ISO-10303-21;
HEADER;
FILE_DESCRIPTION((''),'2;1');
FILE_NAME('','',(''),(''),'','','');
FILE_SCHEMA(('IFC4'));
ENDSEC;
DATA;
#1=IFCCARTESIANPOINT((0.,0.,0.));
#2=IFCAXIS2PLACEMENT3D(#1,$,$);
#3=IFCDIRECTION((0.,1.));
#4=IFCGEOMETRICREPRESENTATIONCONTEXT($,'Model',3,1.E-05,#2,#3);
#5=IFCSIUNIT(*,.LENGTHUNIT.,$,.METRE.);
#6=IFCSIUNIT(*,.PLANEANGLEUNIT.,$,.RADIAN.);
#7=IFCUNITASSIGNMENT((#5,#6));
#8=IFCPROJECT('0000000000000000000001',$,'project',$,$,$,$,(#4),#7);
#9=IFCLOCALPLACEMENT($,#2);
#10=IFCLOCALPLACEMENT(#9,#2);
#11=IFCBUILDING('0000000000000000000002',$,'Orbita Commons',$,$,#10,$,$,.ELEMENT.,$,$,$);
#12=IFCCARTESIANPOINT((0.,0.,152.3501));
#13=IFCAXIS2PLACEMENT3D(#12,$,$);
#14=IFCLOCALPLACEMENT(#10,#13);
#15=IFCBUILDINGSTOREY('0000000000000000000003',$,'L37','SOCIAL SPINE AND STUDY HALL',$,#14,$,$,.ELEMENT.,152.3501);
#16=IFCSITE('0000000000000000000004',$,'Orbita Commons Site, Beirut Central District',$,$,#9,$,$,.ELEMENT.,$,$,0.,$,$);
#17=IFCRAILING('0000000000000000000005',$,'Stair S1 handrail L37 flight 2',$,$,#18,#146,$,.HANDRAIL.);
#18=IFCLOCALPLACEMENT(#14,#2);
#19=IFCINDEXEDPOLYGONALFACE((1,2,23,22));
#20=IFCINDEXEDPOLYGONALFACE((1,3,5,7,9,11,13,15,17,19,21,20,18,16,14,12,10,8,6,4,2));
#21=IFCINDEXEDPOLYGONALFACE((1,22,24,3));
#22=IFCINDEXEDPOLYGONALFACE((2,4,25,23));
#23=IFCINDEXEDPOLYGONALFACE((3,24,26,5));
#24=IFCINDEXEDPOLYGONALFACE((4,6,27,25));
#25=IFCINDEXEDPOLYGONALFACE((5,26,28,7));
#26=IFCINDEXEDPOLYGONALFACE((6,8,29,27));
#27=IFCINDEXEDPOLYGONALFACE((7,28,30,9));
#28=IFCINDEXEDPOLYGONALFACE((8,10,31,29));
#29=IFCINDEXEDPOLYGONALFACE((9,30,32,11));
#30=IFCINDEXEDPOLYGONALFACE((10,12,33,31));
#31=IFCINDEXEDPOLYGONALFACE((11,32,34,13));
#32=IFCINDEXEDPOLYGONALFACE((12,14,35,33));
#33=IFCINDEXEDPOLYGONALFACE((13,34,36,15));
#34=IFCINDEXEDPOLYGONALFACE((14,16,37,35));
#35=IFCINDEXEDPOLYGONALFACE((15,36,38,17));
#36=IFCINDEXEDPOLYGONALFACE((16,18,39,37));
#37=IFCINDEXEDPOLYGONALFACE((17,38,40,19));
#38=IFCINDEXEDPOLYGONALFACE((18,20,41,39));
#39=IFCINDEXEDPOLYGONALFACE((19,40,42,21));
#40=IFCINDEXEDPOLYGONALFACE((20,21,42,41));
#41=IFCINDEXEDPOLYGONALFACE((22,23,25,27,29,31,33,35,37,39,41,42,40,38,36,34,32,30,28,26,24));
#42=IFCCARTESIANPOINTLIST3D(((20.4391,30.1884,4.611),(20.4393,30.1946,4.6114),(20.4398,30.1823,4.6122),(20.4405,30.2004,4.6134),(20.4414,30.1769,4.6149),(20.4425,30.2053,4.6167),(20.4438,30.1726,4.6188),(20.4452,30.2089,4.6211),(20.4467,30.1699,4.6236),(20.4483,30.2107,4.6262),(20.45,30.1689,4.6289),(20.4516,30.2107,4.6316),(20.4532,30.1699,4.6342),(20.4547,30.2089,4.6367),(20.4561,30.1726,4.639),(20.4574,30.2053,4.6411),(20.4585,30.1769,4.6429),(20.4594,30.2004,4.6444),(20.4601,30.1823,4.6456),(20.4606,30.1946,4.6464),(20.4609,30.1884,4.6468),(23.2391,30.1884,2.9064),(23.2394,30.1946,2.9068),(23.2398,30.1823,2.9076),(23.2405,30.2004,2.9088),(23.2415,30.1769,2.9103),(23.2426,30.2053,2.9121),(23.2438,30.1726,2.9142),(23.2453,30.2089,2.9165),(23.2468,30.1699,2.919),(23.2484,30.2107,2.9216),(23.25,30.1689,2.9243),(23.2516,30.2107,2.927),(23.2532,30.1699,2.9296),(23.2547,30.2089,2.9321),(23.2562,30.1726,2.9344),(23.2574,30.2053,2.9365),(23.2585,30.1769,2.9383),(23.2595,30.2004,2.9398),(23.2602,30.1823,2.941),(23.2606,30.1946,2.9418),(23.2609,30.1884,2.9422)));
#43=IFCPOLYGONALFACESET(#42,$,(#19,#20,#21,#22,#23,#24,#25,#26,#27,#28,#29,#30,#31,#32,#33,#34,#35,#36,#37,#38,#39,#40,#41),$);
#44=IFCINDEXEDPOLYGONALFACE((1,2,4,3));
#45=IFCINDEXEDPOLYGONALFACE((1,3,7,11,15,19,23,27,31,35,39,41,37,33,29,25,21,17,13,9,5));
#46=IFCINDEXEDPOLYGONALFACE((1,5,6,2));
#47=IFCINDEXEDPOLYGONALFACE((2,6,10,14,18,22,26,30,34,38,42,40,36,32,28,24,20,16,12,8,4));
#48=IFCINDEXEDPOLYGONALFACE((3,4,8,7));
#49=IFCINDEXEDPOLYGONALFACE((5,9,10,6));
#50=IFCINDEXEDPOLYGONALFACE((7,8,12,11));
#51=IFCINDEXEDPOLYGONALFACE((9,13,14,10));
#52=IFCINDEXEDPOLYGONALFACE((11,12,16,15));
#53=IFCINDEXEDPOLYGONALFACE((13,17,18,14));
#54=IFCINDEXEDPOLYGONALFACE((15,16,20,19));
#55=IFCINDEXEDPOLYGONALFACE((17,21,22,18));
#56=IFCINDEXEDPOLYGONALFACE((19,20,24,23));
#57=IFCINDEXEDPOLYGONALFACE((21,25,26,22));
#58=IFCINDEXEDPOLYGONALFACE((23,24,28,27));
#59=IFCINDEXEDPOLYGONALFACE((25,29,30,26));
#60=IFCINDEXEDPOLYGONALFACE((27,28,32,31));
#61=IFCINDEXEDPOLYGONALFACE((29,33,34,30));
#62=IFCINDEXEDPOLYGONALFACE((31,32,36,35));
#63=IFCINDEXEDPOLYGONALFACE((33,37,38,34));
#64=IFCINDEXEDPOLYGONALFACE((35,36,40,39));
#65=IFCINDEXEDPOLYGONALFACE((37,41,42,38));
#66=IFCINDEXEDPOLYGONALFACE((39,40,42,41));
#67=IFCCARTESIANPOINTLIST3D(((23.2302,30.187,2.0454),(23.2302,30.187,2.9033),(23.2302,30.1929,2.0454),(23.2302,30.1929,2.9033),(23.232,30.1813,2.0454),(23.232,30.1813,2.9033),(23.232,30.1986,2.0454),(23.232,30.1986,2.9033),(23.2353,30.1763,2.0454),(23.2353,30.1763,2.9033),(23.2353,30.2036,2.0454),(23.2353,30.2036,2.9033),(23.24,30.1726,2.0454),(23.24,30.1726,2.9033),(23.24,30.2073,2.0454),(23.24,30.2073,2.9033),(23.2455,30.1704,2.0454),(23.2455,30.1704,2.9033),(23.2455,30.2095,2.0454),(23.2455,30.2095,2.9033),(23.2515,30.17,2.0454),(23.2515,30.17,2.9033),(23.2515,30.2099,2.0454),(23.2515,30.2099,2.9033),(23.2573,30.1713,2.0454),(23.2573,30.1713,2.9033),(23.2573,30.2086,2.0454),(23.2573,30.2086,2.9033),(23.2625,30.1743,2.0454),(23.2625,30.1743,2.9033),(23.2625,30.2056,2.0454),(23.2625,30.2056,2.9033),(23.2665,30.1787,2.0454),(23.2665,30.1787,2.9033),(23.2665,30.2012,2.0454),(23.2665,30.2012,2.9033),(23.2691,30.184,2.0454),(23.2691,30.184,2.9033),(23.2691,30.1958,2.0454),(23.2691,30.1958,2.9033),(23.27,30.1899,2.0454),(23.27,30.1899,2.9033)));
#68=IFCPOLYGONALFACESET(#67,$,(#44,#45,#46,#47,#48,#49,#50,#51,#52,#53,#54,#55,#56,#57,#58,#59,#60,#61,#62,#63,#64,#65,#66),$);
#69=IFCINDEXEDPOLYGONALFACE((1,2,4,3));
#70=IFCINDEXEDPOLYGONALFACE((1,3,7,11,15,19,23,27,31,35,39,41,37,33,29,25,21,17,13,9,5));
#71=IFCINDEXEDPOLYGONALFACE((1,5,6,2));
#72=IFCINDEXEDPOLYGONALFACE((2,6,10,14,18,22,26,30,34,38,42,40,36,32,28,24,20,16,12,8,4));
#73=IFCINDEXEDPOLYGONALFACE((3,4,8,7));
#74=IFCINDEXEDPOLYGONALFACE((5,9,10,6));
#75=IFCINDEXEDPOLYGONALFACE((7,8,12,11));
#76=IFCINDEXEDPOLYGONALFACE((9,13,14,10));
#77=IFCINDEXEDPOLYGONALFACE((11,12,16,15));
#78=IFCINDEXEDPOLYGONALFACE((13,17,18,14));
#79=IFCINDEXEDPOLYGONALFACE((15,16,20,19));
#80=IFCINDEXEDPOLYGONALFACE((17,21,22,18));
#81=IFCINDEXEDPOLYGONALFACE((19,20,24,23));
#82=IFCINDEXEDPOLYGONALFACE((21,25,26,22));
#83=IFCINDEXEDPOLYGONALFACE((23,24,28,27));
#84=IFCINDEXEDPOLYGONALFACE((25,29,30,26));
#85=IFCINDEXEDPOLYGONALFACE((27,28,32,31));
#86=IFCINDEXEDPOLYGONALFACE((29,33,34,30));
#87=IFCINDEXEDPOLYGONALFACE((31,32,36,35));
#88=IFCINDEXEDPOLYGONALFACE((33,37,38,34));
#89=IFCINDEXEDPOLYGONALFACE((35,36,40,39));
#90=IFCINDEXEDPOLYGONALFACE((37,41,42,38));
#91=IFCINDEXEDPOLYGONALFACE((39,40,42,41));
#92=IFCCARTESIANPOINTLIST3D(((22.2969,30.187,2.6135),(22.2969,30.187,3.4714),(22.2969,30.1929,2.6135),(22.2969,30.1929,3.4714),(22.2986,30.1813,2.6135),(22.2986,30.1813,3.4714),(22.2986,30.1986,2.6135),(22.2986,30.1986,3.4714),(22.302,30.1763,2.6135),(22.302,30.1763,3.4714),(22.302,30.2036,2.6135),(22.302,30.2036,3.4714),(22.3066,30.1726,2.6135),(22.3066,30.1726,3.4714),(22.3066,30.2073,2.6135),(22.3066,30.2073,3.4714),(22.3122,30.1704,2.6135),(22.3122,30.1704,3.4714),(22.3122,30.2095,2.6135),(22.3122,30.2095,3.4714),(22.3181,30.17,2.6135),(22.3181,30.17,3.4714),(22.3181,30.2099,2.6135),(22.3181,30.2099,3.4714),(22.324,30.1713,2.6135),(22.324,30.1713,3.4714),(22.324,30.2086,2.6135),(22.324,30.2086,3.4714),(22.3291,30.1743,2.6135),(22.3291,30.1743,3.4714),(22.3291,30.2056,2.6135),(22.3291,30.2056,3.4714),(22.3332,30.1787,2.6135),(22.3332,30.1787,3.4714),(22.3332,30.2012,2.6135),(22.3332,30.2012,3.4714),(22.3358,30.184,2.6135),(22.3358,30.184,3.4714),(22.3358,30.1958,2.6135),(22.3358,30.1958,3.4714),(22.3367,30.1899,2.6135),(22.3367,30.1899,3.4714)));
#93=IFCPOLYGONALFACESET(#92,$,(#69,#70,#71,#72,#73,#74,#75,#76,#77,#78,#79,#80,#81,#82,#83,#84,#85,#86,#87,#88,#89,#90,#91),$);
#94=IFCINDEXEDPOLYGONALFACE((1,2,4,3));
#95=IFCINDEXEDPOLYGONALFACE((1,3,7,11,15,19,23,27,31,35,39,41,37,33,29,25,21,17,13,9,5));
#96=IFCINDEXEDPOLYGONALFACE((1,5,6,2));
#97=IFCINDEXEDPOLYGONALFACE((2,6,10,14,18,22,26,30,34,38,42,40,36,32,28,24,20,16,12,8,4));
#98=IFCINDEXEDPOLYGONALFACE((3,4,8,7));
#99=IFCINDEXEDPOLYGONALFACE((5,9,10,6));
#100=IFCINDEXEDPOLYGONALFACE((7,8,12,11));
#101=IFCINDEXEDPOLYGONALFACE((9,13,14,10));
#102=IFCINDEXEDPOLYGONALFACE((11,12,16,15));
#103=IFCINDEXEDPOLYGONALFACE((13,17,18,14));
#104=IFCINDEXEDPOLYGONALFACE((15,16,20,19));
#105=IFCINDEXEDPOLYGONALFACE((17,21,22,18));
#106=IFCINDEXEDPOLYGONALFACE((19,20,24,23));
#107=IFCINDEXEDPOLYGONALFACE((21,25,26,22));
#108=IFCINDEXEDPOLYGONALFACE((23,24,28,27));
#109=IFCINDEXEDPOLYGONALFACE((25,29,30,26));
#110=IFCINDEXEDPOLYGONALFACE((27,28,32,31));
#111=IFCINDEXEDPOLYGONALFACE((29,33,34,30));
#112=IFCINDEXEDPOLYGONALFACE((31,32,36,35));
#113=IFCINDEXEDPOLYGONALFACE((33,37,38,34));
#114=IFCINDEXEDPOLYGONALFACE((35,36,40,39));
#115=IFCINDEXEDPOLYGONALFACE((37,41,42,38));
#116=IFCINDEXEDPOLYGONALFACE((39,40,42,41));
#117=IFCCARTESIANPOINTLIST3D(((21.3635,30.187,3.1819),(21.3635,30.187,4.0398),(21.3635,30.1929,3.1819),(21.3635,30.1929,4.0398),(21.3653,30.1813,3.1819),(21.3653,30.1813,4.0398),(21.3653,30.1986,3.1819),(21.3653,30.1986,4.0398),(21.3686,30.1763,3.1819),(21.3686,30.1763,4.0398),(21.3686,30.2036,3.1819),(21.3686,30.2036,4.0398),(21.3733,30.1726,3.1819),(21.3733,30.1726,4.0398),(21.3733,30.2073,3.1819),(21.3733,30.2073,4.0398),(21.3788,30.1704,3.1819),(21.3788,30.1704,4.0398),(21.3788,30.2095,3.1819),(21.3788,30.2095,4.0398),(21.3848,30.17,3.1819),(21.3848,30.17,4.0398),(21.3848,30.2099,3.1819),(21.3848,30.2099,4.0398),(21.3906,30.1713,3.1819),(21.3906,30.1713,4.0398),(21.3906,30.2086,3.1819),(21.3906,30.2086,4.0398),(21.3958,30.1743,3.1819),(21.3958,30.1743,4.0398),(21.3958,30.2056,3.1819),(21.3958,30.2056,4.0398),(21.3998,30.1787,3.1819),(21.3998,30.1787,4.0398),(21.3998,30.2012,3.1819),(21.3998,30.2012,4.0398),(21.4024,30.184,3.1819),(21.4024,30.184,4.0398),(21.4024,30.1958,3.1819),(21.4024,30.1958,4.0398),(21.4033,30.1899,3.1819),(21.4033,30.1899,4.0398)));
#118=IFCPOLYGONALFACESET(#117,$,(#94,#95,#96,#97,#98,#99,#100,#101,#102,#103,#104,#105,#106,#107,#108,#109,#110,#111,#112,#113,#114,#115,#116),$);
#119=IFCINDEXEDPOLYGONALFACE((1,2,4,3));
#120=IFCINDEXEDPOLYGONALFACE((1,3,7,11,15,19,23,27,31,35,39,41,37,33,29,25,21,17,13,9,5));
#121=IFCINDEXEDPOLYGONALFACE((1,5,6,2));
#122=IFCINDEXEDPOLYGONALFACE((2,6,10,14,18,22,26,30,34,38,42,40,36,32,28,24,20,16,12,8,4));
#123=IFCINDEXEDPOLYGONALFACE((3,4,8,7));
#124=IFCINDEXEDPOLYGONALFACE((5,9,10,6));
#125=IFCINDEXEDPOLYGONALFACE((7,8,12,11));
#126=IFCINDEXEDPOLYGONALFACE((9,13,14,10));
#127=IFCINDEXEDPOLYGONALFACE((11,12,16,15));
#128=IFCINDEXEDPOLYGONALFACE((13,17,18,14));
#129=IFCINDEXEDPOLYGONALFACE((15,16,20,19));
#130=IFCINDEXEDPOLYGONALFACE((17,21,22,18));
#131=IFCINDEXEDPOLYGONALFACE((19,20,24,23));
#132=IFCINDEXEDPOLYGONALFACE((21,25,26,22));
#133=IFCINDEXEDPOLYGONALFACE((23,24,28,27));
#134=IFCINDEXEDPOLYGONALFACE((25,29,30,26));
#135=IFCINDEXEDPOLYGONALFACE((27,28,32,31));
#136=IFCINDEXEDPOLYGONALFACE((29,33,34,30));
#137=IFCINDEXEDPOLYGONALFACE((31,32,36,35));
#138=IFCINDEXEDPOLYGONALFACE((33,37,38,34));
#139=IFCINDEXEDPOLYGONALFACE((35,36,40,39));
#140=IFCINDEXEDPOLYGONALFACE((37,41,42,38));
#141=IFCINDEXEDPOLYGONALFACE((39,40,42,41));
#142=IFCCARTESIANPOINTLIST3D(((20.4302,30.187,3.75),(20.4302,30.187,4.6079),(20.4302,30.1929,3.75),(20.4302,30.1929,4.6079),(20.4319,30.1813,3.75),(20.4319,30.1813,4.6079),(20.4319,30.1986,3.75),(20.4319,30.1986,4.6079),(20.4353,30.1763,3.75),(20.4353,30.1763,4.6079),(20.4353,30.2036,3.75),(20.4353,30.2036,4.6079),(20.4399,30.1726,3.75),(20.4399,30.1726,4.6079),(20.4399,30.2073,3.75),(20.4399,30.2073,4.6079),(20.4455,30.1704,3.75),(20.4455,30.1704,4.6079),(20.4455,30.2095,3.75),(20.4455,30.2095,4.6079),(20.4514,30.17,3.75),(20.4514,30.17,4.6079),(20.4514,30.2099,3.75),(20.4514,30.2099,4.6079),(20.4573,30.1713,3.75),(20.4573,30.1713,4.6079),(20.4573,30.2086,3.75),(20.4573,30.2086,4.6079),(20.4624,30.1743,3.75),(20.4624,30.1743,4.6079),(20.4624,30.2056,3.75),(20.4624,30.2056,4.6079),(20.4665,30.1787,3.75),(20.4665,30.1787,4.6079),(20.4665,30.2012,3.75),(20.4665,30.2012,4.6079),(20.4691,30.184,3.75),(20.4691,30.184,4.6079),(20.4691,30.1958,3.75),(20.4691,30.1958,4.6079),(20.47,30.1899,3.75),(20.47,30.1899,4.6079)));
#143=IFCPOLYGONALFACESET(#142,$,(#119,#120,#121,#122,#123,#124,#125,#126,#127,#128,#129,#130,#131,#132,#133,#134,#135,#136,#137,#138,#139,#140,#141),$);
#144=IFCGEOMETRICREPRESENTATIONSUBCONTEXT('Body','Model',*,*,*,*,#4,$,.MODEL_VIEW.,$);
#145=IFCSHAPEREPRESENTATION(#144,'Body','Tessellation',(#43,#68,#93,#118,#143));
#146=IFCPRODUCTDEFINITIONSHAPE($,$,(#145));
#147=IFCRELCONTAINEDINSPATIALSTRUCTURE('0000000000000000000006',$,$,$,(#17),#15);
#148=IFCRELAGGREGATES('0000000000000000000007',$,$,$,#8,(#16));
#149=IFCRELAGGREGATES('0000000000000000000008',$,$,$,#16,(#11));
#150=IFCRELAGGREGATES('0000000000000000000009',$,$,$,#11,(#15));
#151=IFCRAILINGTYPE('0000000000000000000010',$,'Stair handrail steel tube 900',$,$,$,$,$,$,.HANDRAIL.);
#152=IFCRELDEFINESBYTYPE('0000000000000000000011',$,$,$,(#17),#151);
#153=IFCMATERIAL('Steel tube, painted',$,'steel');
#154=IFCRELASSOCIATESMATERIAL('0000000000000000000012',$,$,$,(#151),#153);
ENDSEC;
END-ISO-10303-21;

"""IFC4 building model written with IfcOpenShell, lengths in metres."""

from ifc_helpers import new_model, si_unit, direction, frame, origin, origin_2d, place, context, subcontext, project, spatial, circle, extrude, material, type_object, element, save


model = new_model("IFC4")

# Units and contexts
model_context = context("Model", 3, precision=1e-05, world=origin(), true_north=direction((0.0, 1.0)))
body_context = subcontext(model_context, "Body", "Model", "MODEL_VIEW")
ifc_project = project(units=[si_unit("LENGTHUNIT", "METRE"), si_unit("PLANEANGLEUNIT", "RADIAN")], contexts=[model_context])

# Site, building, storey
site_placement = place(None, origin())
site = spatial("IfcSite", under=ifc_project, at=site_placement, Name="Orbita Commons Site, Beirut Central District", CompositionType="ELEMENT", RefElevation=0.0)
building_placement = place(site_placement, origin())
building = spatial("IfcBuilding", under=site, at=building_placement, Name="Orbita Commons", CompositionType="ELEMENT")
storey_placement = place(building_placement, frame((0.0, 0.0, 152.3501)))
storey = spatial("IfcBuildingStorey", under=building, at=storey_placement, Name="L37", Description="SOCIAL SPINE AND STUDY HALL", CompositionType="ELEMENT", Elevation=152.3501)

# Railing
ifc_material_1 = material(Name="Steel tube, painted", Category="steel")
railing_type = type_object("IfcRailingType", Name="Stair handrail steel tube 900", PredefinedType="HANDRAIL", material=ifc_material_1)
railing_placement = place(storey_placement, frame((23.25, 30.1899, 2.0454)))
element("IfcRailing", 1, at=railing_placement, inside=storey, type_object=railing_type, Name="Stair S1 handrail L37 flight 2", PredefinedType="HANDRAIL", context=body_context, shape_type="SweptSolid", body=[
    extrude(circle(Radius=0.021, at=origin_2d()), frame((0.0, 0.0, 0.8789), z_axis=(-0.85417, 0.0, 0.519994), x_axis=(0.0, -1.0, 0.0)), (0.0, 0.0, 1.0), 3.2781),
    extrude(circle(Radius=0.02, at=origin_2d()), origin(), (0.0, 0.0, 1.0), 0.8579),
    extrude(circle(Radius=0.02, at=origin_2d()), frame((-0.9333, 0.0, 0.5681)), (0.0, 0.0, 1.0), 0.8579),
    extrude(circle(Radius=0.02, at=origin_2d()), frame((-1.8667, 0.0, 1.1365)), (0.0, 0.0, 1.0), 0.8579),
    extrude(circle(Radius=0.02, at=origin_2d()), frame((-2.8, 0.0, 1.7046)), (0.0, 0.0, 1.0), 0.8579),
])

save(model, "model.ifc")
